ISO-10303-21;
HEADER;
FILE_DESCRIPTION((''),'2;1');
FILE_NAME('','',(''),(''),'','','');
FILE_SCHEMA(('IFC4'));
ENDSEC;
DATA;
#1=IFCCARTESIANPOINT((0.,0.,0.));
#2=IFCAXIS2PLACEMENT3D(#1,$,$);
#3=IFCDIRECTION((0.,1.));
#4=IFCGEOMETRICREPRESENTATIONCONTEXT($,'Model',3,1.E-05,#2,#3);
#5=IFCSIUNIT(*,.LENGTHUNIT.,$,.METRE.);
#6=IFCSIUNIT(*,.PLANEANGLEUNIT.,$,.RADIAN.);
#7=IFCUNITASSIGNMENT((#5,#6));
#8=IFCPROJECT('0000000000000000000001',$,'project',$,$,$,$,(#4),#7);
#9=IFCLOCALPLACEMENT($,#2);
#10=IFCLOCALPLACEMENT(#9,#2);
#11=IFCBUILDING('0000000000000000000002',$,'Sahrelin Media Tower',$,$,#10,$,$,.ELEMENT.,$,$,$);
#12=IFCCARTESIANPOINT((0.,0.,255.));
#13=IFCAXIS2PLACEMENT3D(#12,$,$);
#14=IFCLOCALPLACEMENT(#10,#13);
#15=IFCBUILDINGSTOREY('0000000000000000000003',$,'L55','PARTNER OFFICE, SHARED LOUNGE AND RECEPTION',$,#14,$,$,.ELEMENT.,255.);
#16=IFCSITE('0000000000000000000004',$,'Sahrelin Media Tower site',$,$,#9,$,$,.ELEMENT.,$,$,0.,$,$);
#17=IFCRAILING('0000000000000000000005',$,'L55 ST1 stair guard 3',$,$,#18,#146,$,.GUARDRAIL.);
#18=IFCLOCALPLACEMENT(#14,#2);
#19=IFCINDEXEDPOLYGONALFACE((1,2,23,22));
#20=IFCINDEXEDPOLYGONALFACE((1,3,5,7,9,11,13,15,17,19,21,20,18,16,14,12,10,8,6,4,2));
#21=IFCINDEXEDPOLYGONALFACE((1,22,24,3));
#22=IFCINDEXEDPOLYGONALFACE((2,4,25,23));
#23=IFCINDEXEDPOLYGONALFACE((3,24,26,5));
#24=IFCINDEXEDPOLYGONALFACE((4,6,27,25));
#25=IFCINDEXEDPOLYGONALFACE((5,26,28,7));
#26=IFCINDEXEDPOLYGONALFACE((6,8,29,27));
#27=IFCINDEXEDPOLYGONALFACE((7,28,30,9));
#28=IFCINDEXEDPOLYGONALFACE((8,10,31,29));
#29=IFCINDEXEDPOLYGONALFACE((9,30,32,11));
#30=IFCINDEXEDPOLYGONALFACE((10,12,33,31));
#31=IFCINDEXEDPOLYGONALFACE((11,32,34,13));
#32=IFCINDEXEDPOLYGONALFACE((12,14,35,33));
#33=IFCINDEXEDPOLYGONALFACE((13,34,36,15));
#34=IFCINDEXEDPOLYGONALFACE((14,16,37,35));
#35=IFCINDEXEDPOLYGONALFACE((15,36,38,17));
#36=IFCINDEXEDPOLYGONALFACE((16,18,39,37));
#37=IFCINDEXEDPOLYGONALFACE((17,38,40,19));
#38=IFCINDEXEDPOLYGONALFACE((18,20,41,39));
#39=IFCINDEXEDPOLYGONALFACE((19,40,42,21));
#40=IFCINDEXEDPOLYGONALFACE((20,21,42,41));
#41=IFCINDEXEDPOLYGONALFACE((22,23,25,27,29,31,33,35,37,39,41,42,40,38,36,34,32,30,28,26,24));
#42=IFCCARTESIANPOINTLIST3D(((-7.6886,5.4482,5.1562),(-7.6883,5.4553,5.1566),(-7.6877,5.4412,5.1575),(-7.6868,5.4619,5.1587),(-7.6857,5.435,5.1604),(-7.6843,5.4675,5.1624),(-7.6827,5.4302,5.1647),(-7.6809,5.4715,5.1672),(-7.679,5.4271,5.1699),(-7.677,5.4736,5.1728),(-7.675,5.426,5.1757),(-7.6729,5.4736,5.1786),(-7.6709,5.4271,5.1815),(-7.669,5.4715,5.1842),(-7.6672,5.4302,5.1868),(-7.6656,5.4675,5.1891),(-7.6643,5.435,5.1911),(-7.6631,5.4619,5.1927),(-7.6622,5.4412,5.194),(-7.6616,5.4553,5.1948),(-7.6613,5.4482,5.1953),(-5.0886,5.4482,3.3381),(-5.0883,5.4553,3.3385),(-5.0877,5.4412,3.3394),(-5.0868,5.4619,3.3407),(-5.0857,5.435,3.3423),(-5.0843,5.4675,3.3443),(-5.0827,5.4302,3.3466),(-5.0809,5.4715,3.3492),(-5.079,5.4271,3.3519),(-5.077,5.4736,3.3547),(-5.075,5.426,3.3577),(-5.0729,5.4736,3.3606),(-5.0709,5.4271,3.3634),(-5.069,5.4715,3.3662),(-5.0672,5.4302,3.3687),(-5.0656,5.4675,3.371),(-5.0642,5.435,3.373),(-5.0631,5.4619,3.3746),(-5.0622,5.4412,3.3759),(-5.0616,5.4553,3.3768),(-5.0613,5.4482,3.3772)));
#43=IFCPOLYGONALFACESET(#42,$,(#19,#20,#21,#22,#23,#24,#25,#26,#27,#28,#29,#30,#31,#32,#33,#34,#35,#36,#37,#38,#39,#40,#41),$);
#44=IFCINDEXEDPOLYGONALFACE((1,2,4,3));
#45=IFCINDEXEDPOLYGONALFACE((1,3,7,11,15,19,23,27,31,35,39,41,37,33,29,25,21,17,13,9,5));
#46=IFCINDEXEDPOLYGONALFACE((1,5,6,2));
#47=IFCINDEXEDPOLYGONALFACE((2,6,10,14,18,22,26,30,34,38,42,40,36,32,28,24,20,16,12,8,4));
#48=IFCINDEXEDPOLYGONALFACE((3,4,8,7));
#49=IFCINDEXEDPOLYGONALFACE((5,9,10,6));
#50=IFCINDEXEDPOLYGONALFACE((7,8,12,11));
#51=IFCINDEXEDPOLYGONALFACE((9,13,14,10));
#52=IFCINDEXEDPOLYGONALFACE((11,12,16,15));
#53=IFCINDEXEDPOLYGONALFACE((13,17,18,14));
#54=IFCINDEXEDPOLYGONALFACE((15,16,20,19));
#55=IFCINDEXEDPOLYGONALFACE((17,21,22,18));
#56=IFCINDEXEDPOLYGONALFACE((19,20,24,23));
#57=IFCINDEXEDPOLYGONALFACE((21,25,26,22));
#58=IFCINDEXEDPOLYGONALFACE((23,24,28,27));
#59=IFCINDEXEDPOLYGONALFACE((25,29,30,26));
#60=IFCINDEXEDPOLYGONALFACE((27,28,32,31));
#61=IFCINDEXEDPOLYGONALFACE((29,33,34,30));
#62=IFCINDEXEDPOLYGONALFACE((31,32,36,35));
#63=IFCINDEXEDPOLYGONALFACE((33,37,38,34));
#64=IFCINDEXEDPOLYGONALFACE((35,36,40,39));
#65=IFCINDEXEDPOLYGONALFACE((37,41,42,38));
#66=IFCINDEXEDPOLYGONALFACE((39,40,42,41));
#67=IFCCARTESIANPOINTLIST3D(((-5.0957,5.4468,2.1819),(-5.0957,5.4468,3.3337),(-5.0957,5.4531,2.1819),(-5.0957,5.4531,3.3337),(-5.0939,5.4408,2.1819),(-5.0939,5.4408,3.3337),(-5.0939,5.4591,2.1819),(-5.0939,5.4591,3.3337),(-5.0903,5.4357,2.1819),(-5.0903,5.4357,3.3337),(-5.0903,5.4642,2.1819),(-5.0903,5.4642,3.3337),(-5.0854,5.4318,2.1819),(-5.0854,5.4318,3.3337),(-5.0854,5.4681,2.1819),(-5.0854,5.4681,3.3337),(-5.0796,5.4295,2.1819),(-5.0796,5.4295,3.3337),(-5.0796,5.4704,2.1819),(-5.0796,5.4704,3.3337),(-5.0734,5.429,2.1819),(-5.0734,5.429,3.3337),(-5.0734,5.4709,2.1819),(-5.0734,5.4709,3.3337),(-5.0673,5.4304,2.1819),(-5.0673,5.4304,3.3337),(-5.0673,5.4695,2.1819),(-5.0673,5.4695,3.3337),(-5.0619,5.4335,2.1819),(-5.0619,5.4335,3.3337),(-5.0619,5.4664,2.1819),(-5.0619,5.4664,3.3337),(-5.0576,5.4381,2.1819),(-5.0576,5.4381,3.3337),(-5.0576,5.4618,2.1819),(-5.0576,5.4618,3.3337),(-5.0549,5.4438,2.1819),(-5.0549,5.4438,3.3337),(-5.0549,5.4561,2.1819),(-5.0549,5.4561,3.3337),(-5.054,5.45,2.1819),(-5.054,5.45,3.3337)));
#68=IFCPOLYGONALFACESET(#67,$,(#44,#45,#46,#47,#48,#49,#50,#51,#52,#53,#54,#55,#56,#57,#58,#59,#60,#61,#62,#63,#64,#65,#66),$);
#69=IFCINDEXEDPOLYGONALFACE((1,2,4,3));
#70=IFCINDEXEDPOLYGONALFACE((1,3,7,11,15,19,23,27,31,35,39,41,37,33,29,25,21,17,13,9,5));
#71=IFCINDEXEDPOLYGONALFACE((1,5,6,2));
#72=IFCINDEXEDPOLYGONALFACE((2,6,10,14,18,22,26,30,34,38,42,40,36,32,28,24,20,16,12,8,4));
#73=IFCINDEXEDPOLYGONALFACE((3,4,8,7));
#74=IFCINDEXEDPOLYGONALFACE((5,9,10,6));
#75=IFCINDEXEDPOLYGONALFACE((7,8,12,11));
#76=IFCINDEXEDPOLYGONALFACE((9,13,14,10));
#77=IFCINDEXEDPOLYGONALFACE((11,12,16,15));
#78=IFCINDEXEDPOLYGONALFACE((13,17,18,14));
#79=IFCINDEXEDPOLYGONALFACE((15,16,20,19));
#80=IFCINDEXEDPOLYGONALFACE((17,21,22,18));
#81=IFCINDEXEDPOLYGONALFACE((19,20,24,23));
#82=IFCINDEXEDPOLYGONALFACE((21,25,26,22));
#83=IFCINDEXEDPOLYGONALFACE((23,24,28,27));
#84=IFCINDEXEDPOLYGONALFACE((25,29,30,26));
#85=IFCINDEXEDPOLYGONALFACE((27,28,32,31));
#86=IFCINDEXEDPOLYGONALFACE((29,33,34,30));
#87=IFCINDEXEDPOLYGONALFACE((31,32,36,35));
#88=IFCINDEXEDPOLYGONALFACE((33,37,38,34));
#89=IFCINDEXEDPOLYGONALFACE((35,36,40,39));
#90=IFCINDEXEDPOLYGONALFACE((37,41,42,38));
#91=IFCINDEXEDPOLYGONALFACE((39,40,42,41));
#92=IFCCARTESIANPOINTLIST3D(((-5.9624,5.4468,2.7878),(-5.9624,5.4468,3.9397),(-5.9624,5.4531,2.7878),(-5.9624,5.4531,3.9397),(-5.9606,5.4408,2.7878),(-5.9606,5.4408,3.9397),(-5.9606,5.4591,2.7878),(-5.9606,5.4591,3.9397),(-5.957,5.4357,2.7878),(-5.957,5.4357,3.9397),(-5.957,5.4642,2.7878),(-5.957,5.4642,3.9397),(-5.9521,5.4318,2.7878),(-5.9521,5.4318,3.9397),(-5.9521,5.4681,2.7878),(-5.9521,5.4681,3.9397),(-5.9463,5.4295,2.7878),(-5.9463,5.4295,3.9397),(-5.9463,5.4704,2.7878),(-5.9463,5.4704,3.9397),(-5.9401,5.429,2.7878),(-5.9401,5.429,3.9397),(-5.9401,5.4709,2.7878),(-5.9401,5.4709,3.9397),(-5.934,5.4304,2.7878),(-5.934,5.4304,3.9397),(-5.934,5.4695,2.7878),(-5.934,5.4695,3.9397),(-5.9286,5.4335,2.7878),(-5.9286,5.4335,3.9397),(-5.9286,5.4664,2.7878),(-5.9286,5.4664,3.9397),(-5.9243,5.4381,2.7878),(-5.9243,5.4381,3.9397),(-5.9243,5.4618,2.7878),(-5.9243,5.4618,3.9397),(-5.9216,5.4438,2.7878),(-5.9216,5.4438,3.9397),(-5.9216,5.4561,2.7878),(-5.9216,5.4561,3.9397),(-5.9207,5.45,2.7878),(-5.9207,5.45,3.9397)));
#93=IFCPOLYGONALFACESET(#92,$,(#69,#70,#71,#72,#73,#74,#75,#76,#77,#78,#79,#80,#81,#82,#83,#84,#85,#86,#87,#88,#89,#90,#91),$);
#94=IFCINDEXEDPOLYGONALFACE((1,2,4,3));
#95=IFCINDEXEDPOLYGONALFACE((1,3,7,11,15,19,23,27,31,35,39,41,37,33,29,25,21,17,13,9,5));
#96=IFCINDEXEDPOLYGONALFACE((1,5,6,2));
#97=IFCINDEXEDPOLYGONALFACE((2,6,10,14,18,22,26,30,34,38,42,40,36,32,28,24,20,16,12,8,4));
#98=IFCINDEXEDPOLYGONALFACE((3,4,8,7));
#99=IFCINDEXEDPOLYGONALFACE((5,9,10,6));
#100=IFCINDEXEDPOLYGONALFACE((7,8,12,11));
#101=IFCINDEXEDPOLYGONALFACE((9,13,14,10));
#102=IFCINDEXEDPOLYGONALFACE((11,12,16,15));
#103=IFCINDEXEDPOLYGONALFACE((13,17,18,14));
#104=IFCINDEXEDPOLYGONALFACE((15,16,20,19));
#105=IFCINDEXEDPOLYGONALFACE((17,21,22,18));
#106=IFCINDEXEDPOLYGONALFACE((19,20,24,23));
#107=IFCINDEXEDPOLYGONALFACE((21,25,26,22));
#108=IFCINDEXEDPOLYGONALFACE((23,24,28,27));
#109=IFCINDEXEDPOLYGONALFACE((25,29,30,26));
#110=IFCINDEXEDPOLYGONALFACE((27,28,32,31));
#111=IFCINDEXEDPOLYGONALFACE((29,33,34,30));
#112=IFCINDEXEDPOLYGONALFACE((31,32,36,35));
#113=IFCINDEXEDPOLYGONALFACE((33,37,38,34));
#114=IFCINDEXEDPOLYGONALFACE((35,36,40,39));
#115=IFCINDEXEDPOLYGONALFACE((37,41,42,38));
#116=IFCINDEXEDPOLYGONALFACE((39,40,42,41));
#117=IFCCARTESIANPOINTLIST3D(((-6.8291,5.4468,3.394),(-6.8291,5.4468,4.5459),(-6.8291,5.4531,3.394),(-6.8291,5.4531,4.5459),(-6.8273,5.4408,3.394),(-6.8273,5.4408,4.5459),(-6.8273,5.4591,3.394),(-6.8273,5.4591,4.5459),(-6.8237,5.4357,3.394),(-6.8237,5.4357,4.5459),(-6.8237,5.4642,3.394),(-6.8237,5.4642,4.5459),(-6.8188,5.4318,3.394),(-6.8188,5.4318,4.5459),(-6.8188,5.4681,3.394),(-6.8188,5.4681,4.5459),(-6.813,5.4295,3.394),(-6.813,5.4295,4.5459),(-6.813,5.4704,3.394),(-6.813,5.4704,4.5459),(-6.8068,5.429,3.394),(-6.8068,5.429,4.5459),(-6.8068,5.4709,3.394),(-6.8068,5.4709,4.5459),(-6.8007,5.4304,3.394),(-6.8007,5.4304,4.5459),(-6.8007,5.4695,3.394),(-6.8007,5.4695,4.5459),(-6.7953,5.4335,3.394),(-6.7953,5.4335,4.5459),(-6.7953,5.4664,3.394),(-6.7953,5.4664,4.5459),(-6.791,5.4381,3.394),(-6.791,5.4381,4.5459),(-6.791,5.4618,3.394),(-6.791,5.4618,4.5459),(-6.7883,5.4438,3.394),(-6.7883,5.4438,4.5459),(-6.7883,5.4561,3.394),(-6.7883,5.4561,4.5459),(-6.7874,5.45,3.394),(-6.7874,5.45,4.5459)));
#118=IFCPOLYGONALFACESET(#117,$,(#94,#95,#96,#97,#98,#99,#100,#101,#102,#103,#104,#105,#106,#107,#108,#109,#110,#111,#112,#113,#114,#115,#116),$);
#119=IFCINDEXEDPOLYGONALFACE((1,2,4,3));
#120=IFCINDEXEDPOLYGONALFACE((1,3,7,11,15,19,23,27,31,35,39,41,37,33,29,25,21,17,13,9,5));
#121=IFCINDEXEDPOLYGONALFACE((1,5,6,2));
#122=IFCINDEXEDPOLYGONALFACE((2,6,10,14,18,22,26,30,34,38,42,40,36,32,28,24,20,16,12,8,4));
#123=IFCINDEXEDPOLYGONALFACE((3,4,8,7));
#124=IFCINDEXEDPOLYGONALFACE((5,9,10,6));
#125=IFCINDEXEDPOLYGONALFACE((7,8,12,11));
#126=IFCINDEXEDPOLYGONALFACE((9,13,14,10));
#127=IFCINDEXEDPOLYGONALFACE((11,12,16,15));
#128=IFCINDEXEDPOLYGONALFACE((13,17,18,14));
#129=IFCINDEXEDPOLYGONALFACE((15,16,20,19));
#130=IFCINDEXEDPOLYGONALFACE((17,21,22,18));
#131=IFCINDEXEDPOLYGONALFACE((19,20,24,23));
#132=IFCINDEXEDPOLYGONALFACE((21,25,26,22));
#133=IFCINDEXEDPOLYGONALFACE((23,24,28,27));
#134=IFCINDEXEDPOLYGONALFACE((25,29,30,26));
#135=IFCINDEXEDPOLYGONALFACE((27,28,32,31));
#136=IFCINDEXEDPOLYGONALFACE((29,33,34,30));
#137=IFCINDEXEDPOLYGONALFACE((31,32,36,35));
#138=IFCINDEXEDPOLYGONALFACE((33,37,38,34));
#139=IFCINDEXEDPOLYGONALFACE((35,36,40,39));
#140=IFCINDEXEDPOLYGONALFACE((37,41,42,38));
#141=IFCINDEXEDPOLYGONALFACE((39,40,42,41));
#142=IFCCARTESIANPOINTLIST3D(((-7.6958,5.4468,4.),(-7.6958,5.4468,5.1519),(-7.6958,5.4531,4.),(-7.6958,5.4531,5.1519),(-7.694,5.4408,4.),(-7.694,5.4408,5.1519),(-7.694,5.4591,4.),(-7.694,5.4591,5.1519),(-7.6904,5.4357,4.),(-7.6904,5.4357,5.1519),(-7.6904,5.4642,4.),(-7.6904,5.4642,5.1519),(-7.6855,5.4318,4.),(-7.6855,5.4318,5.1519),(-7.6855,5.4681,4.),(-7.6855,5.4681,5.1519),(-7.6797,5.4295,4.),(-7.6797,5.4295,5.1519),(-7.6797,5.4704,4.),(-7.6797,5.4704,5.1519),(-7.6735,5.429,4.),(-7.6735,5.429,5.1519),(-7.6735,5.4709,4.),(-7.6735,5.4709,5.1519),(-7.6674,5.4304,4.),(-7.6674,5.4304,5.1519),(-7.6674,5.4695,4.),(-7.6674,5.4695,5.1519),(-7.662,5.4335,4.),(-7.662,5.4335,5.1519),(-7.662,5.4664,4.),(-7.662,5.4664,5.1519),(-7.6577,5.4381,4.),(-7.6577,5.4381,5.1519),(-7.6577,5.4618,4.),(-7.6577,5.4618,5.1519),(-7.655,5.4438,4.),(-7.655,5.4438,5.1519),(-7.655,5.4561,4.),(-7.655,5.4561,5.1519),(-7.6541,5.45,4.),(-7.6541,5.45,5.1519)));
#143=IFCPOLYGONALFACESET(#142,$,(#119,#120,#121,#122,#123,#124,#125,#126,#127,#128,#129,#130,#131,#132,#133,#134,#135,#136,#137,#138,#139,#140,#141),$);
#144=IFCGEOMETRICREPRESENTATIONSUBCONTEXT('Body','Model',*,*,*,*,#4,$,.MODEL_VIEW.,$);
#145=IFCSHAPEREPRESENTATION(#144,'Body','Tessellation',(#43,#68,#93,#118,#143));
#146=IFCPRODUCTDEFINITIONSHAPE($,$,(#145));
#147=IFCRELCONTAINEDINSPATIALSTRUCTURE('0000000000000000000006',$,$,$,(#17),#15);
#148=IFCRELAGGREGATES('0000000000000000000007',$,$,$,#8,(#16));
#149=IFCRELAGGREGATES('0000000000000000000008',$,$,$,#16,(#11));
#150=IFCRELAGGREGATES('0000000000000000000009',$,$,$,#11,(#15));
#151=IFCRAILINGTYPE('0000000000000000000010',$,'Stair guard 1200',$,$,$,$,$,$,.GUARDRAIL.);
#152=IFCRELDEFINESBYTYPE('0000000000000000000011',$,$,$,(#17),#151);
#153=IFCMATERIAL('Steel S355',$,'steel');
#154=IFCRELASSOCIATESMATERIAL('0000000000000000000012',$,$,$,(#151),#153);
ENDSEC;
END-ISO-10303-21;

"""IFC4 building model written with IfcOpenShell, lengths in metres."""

from ifc_helpers import new_model, si_unit, direction, frame, origin, origin_2d, place, context, subcontext, project, spatial, circle, extrude, material, type_object, element, save


model = new_model("IFC4")

# Units and contexts
model_context = context("Model", 3, precision=1e-05, world=origin(), true_north=direction((0.0, 1.0)))
body_context = subcontext(model_context, "Body", "Model", "MODEL_VIEW")
ifc_project = project(units=[si_unit("LENGTHUNIT", "METRE"), si_unit("PLANEANGLEUNIT", "RADIAN")], contexts=[model_context])

# Site, building, storey
site_placement = place(None, origin())
site = spatial("IfcSite", under=ifc_project, at=site_placement, Name="Sahrelin Media Tower site", CompositionType="ELEMENT", RefElevation=0.0)
building_placement = place(site_placement, origin())
building = spatial("IfcBuilding", under=site, at=building_placement, Name="Sahrelin Media Tower", CompositionType="ELEMENT")
storey_placement = place(building_placement, frame((0.0, 0.0, 255.0)))
storey = spatial("IfcBuildingStorey", under=building, at=storey_placement, Name="L55", Description="PARTNER OFFICE, SHARED LOUNGE AND RECEPTION", CompositionType="ELEMENT", Elevation=255.0)

# Shared definitions
ifc_material_1 = material(Name="Steel S355", Category="steel")

# Railing
railing_type_1 = type_object("IfcRailingType", Name="Stair guard 1200", PredefinedType="GUARDRAIL", material=ifc_material_1)
railing_1_placement = place(storey_placement, frame((-5.075, 5.45, 2.1819)))
element("IfcRailing", 1, at=railing_1_placement, inside=storey, type_object=railing_type_1, Name="L55 ST1 stair guard 3", PredefinedType="GUARDRAIL", context=body_context, shape_type="SweptSolid", body=[
    extrude(circle(Radius=0.0239, at=origin_2d()), frame((0.0, 0.0, 1.1758), z_axis=(-0.819521, 0.0, 0.573049), x_axis=(0.0, -1.0, 0.0)), (0.0, 0.0, 1.0), 3.1726),
    extrude(circle(Radius=0.021, at=origin_2d()), origin(), (0.0, 0.0, 1.0), 1.1519),
    extrude(circle(Radius=0.021, at=origin_2d()), frame((-0.8667, 0.0, 0.606)), (0.0, 0.0, 1.0), 1.1519),
    extrude(circle(Radius=0.021, at=origin_2d()), frame((-1.7334, 0.0, 1.2122)), (0.0, 0.0, 1.0), 1.1519),
    extrude(circle(Radius=0.021, at=origin_2d()), frame((-2.6001, 0.0, 1.8181)), (0.0, 0.0, 1.0), 1.1519),
])

save(model, "model.ifc")
